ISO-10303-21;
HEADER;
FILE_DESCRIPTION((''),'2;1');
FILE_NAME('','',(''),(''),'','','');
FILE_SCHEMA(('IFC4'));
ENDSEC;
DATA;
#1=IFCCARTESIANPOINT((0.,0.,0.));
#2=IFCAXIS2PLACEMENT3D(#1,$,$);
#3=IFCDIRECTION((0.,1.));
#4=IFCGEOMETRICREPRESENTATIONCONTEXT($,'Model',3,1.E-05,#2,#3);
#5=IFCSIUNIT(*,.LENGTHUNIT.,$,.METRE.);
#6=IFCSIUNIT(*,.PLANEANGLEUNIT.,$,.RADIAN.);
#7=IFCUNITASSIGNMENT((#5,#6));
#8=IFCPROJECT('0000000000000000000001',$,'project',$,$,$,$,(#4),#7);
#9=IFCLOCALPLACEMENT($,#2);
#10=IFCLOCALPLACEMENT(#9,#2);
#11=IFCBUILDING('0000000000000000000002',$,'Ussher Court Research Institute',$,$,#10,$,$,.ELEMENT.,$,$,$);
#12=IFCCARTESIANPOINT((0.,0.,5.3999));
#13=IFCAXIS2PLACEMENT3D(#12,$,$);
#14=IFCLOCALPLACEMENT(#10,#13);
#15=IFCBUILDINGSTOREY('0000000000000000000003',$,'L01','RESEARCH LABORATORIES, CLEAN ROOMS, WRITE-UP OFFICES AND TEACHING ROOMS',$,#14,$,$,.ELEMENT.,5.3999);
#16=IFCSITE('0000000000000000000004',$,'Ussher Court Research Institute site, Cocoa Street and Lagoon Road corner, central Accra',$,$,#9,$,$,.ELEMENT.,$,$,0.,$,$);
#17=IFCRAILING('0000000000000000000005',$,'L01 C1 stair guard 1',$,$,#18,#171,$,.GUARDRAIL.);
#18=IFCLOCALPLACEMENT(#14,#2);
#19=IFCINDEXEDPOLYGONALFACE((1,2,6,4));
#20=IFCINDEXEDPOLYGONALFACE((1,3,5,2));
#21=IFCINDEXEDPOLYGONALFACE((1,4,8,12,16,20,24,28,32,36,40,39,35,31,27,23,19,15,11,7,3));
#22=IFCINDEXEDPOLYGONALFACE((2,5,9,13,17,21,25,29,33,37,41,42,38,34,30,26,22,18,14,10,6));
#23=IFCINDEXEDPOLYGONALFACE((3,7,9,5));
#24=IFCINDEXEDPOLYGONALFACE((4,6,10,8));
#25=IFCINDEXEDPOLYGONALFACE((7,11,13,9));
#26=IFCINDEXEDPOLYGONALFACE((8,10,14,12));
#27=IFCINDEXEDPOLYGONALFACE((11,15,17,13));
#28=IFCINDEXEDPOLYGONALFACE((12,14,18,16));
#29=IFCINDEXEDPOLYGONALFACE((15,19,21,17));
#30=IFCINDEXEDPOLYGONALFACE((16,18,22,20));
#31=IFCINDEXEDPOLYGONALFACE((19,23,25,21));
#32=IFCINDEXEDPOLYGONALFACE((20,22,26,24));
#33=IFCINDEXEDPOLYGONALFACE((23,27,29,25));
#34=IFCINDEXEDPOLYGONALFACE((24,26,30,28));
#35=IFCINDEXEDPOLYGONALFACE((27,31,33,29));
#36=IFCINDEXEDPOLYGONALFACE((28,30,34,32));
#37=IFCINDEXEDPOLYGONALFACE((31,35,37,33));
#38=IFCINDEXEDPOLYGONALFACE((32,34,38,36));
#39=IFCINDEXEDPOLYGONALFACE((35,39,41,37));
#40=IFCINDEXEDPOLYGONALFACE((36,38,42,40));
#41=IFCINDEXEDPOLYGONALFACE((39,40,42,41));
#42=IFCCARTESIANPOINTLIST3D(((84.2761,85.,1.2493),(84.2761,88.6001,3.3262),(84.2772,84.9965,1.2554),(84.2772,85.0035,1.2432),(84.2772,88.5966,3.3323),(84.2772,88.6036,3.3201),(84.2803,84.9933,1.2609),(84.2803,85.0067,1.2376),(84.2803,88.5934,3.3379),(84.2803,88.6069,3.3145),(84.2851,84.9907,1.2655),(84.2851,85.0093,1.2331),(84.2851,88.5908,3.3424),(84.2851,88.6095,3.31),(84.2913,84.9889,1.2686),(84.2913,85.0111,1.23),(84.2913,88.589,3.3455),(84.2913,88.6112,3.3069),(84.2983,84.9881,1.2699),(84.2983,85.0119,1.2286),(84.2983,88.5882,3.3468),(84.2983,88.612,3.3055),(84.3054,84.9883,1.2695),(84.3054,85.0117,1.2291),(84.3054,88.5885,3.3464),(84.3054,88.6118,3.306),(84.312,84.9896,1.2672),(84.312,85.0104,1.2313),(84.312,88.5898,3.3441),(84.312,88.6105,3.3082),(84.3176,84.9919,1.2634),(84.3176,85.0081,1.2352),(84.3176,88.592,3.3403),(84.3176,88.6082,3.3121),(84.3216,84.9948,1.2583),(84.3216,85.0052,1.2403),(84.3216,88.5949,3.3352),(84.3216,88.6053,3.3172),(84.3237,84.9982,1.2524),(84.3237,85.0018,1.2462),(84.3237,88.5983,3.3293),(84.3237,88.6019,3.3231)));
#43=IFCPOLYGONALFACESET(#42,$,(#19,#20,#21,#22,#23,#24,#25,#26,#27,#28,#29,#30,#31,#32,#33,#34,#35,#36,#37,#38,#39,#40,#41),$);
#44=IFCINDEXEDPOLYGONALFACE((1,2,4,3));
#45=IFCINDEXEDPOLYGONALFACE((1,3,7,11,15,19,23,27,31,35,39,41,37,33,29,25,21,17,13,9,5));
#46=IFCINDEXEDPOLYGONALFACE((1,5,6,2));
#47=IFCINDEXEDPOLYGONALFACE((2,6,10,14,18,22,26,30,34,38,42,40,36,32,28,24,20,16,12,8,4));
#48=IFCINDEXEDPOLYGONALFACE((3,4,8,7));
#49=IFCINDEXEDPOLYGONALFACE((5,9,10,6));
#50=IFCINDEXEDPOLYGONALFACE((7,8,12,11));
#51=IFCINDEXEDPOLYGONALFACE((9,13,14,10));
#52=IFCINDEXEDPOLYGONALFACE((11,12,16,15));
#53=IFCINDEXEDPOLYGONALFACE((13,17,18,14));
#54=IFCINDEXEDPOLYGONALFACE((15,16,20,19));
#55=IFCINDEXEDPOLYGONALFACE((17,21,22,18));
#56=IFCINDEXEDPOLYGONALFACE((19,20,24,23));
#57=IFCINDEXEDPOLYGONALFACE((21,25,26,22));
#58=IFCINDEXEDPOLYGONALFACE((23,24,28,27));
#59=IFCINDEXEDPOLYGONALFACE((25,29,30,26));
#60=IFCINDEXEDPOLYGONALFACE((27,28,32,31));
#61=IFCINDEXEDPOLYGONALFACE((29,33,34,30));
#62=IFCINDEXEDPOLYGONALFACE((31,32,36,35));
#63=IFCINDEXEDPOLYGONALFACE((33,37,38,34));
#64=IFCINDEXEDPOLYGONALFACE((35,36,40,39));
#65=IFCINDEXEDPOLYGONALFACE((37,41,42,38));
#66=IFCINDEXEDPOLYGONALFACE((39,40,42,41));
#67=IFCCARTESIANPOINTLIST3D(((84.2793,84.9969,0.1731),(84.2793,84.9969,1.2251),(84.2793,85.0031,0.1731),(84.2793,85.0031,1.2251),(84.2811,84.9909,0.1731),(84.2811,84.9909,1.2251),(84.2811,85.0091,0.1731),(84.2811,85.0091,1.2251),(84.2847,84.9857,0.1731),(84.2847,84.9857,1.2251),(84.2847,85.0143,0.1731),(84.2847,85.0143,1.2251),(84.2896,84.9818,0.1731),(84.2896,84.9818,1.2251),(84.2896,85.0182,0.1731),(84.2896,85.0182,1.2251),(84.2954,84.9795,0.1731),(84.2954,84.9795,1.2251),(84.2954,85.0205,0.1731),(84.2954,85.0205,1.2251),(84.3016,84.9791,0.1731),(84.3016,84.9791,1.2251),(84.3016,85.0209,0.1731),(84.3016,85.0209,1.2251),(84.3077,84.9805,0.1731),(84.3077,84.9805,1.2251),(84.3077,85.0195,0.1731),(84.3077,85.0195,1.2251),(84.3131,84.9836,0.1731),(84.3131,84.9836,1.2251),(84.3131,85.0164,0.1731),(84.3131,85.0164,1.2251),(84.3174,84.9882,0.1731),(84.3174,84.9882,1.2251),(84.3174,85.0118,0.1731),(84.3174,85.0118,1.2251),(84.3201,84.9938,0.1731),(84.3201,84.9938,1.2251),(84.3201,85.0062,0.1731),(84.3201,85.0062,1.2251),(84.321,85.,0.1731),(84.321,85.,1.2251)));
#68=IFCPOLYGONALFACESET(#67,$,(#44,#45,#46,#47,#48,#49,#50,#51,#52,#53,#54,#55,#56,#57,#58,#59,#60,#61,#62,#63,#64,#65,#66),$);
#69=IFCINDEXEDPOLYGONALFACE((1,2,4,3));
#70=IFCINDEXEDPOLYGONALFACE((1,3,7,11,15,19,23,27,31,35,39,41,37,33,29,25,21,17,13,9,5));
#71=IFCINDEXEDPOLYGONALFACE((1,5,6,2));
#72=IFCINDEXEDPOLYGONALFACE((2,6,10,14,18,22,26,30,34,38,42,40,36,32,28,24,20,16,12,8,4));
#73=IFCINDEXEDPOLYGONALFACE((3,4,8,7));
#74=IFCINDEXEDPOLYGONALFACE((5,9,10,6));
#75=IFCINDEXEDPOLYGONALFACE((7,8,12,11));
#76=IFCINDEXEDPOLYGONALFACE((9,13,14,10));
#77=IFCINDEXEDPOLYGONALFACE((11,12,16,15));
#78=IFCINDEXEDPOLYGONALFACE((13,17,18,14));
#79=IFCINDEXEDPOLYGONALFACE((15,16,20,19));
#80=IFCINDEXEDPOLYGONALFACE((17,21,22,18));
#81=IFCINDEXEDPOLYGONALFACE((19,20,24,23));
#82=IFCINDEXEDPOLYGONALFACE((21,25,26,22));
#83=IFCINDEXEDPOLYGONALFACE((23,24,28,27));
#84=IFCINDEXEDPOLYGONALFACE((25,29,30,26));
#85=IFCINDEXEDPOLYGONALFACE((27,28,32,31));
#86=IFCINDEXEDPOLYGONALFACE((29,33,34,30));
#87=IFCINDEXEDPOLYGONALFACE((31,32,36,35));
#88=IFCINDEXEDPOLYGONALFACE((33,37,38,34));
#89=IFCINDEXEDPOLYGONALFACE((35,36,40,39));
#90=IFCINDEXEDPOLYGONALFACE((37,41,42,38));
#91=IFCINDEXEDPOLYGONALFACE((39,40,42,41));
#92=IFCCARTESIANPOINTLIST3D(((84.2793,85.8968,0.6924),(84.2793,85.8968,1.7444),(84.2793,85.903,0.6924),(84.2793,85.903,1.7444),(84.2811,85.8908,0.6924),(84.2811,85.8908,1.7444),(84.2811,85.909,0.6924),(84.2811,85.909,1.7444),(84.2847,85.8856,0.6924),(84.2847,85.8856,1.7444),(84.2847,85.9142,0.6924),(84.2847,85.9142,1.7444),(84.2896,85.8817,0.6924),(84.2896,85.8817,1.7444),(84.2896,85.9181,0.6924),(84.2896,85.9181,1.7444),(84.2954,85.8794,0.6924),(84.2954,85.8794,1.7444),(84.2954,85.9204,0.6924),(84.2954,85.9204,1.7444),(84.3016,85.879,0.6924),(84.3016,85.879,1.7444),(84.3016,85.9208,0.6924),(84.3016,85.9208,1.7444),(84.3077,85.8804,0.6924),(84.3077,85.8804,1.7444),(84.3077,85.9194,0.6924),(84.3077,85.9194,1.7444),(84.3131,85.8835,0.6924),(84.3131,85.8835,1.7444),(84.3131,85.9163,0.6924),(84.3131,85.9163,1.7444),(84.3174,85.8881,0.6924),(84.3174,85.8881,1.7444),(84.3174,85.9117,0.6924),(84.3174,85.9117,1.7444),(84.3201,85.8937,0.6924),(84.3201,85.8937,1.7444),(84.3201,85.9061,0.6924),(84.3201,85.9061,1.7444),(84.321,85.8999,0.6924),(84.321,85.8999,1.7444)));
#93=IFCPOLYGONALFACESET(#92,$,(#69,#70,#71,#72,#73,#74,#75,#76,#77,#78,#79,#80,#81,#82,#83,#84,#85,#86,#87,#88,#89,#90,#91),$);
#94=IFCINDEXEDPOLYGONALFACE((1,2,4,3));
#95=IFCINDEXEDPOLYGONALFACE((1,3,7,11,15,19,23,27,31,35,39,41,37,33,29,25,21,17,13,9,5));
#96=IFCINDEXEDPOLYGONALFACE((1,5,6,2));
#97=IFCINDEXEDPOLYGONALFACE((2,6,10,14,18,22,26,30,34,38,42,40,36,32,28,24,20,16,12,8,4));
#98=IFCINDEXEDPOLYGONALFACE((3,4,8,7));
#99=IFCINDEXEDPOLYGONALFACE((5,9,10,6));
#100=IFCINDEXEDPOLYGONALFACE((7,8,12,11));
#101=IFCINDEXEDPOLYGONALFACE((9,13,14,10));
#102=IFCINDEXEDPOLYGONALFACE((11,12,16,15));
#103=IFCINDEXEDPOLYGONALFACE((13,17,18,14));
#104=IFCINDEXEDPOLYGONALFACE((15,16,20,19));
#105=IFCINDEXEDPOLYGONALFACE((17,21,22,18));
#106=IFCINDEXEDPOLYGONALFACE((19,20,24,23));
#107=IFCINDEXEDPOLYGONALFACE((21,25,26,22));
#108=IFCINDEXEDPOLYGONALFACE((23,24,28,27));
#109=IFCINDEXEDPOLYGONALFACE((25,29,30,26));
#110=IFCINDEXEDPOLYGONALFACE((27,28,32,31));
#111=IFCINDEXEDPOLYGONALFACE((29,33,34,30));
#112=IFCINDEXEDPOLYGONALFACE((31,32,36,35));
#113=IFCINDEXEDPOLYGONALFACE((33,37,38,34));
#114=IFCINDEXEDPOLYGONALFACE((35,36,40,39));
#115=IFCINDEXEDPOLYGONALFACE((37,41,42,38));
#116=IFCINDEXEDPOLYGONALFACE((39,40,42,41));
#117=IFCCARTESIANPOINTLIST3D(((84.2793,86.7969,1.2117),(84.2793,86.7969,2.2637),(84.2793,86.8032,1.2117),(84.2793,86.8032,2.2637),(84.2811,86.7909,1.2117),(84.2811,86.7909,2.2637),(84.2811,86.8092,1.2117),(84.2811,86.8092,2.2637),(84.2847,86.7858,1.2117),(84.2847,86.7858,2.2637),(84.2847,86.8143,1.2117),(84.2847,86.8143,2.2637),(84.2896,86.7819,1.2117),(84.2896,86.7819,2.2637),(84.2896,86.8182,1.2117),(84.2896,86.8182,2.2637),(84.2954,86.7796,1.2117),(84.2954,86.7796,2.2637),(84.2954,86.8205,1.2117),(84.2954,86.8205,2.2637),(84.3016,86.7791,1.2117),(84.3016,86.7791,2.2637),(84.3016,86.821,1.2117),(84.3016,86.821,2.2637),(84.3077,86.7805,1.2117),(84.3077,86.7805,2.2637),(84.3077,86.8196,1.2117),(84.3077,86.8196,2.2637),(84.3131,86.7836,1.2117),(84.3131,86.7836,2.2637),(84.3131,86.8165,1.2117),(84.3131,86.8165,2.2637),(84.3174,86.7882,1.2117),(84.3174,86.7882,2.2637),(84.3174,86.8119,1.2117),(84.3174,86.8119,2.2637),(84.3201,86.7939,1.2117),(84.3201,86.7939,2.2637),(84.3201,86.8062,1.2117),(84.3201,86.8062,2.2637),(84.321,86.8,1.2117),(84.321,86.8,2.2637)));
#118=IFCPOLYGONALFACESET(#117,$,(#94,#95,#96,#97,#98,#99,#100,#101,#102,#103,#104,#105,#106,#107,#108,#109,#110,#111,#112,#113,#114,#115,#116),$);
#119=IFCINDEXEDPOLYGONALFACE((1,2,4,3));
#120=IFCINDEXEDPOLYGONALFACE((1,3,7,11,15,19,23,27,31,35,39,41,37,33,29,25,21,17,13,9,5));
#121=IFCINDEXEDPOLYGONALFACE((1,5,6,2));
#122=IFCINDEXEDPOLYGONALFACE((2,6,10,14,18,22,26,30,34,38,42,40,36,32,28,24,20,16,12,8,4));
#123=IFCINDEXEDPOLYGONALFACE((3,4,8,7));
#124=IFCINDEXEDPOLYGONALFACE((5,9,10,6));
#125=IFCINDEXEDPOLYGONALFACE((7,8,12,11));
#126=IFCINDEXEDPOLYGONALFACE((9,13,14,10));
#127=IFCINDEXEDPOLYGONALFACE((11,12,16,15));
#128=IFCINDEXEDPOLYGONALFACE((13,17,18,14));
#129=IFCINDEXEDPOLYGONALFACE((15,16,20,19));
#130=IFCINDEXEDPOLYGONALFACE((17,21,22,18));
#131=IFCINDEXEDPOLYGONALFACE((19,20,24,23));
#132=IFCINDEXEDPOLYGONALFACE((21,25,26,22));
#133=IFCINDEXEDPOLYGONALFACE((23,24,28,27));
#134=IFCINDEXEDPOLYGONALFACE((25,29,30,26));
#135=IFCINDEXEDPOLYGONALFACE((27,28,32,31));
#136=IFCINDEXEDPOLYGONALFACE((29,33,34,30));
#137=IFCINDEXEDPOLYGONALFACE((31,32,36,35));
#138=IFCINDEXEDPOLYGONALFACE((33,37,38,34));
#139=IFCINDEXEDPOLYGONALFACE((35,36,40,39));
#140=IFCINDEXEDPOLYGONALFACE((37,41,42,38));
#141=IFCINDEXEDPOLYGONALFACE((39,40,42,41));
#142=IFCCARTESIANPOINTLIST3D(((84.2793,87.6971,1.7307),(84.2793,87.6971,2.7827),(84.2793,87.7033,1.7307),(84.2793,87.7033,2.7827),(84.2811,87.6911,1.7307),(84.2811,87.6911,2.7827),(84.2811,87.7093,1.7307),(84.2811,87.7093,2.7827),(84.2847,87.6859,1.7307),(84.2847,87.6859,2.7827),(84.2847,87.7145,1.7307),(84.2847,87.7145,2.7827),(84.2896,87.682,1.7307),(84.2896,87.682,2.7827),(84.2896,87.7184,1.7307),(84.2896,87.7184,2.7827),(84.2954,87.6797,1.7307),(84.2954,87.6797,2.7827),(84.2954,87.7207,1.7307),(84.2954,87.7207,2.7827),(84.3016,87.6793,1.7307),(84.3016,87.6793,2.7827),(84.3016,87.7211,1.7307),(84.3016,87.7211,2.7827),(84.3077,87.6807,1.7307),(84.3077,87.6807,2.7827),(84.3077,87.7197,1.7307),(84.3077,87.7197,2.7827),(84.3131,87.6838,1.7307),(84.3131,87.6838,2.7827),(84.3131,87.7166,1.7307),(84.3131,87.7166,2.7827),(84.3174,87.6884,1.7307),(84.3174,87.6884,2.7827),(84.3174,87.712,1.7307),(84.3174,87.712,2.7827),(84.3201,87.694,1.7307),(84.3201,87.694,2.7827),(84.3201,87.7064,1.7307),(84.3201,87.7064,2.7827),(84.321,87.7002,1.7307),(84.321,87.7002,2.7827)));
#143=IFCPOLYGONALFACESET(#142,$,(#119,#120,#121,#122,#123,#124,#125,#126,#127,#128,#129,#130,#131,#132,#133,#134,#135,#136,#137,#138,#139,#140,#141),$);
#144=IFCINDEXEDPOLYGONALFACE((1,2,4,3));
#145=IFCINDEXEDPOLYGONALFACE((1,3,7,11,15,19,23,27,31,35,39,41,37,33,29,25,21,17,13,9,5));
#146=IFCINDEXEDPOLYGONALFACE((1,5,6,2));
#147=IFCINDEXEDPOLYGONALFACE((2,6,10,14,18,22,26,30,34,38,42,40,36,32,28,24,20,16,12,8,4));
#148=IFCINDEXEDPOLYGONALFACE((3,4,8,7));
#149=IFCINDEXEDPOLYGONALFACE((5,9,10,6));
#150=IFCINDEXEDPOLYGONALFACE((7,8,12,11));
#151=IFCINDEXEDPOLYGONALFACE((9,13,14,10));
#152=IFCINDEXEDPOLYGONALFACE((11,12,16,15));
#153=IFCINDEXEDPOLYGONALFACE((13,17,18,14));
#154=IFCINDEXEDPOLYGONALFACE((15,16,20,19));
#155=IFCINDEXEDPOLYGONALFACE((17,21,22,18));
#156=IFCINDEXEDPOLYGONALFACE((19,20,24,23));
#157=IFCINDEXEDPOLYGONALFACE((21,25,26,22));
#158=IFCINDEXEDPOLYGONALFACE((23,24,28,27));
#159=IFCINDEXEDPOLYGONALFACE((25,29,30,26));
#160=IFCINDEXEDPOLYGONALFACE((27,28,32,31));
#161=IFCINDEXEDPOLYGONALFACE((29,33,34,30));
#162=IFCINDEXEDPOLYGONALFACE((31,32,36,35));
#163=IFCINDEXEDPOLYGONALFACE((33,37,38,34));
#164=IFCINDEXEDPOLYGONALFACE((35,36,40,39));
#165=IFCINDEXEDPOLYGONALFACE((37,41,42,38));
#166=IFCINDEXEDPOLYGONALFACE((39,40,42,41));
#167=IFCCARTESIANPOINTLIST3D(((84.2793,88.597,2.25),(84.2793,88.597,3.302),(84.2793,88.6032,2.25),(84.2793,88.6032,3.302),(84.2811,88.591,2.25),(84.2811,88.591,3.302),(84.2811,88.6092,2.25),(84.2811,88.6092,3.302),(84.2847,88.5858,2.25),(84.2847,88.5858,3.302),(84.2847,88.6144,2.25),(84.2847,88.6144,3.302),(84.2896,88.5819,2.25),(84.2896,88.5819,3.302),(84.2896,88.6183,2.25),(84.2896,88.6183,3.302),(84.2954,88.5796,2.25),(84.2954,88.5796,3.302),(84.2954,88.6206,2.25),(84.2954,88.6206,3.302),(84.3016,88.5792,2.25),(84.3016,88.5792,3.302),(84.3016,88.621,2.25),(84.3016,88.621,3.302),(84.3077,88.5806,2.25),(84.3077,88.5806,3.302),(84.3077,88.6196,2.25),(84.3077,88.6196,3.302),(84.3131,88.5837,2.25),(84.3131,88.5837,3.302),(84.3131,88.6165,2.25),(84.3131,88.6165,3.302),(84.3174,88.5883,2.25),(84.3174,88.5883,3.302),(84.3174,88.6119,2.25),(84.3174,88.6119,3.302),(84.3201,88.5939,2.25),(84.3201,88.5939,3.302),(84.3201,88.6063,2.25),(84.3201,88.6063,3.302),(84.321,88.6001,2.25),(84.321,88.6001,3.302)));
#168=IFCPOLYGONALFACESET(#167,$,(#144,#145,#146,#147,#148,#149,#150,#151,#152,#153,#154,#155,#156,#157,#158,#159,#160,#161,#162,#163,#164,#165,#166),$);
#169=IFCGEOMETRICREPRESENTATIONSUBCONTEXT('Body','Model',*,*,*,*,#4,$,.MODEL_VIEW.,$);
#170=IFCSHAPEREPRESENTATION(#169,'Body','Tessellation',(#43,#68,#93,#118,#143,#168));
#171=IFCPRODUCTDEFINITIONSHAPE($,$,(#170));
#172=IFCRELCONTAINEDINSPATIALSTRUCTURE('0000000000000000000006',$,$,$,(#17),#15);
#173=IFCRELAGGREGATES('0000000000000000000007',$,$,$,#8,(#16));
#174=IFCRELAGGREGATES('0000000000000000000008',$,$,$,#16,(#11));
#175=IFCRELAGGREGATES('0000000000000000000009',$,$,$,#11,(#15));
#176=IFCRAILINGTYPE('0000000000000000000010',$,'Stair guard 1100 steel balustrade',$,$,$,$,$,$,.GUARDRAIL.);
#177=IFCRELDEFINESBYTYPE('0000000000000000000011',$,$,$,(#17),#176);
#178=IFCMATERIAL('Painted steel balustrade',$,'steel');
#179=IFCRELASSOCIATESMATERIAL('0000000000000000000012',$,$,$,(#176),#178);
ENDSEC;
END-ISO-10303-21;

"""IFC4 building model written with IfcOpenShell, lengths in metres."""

from ifc_helpers import new_model, si_unit, direction, frame, origin, origin_2d, place, context, subcontext, project, spatial, circle, extrude, material, type_object, element, save


model = new_model("IFC4")

# Units and contexts
model_context = context("Model", 3, precision=1e-05, world=origin(), true_north=direction((0.0, 1.0)))
body_context = subcontext(model_context, "Body", "Model", "MODEL_VIEW")
ifc_project = project(units=[si_unit("LENGTHUNIT", "METRE"), si_unit("PLANEANGLEUNIT", "RADIAN")], contexts=[model_context])

# Site, building, storey
site_placement = place(None, origin())
site = spatial("IfcSite", under=ifc_project, at=site_placement, Name="Ussher Court Research Institute site, Cocoa Street and Lagoon Road corner, central Accra", CompositionType="ELEMENT", RefElevation=0.0)
building_placement = place(site_placement, origin())
building = spatial("IfcBuilding", under=site, at=building_placement, Name="Ussher Court Research Institute", CompositionType="ELEMENT")
storey_placement = place(building_placement, frame((0.0, 0.0, 5.3999)))
storey = spatial("IfcBuildingStorey", under=building, at=storey_placement, Name="L01", Description="RESEARCH LABORATORIES, CLEAN ROOMS, WRITE-UP OFFICES AND TEACHING ROOMS", CompositionType="ELEMENT", Elevation=5.3999)

# Railing
ifc_material_1 = material(Name="Painted steel balustrade", Category="steel")
railing_type_1 = type_object("IfcRailingType", Name="Stair guard 1100 steel balustrade", PredefinedType="GUARDRAIL", material=ifc_material_1)
railing_1_placement = place(storey_placement, frame((84.3, 85.0, 0.1731)))
element("IfcRailing", 1, at=railing_1_placement, inside=storey, type_object=railing_type_1, Name="L01 C1 stair guard 1", PredefinedType="GUARDRAIL", context=body_context, shape_type="SweptSolid", body=[
    extrude(circle(Radius=0.0239, at=origin_2d()), frame((0.0, 0.0, 1.0762), z_axis=(0.0, 0.866193, 0.499709), x_axis=(-1.0, 0.0, 0.0)), (0.0, 0.0, 1.0), 4.1562),
    extrude(circle(Radius=0.021, at=origin_2d()), origin(), (0.0, 0.0, 1.0), 1.052),
    extrude(circle(Radius=0.021, at=origin_2d()), frame((0.0, 0.8999, 0.5193)), (0.0, 0.0, 1.0), 1.052),
    extrude(circle(Radius=0.021, at=origin_2d()), frame((0.0, 1.8, 1.0386)), (0.0, 0.0, 1.0), 1.052),
    extrude(circle(Radius=0.021, at=origin_2d()), frame((0.0, 2.7002, 1.5576)), (0.0, 0.0, 1.0), 1.052),
    extrude(circle(Radius=0.021, at=origin_2d()), frame((0.0, 3.6001, 2.0769)), (0.0, 0.0, 1.0), 1.052),
])

save(model, "model.ifc")
